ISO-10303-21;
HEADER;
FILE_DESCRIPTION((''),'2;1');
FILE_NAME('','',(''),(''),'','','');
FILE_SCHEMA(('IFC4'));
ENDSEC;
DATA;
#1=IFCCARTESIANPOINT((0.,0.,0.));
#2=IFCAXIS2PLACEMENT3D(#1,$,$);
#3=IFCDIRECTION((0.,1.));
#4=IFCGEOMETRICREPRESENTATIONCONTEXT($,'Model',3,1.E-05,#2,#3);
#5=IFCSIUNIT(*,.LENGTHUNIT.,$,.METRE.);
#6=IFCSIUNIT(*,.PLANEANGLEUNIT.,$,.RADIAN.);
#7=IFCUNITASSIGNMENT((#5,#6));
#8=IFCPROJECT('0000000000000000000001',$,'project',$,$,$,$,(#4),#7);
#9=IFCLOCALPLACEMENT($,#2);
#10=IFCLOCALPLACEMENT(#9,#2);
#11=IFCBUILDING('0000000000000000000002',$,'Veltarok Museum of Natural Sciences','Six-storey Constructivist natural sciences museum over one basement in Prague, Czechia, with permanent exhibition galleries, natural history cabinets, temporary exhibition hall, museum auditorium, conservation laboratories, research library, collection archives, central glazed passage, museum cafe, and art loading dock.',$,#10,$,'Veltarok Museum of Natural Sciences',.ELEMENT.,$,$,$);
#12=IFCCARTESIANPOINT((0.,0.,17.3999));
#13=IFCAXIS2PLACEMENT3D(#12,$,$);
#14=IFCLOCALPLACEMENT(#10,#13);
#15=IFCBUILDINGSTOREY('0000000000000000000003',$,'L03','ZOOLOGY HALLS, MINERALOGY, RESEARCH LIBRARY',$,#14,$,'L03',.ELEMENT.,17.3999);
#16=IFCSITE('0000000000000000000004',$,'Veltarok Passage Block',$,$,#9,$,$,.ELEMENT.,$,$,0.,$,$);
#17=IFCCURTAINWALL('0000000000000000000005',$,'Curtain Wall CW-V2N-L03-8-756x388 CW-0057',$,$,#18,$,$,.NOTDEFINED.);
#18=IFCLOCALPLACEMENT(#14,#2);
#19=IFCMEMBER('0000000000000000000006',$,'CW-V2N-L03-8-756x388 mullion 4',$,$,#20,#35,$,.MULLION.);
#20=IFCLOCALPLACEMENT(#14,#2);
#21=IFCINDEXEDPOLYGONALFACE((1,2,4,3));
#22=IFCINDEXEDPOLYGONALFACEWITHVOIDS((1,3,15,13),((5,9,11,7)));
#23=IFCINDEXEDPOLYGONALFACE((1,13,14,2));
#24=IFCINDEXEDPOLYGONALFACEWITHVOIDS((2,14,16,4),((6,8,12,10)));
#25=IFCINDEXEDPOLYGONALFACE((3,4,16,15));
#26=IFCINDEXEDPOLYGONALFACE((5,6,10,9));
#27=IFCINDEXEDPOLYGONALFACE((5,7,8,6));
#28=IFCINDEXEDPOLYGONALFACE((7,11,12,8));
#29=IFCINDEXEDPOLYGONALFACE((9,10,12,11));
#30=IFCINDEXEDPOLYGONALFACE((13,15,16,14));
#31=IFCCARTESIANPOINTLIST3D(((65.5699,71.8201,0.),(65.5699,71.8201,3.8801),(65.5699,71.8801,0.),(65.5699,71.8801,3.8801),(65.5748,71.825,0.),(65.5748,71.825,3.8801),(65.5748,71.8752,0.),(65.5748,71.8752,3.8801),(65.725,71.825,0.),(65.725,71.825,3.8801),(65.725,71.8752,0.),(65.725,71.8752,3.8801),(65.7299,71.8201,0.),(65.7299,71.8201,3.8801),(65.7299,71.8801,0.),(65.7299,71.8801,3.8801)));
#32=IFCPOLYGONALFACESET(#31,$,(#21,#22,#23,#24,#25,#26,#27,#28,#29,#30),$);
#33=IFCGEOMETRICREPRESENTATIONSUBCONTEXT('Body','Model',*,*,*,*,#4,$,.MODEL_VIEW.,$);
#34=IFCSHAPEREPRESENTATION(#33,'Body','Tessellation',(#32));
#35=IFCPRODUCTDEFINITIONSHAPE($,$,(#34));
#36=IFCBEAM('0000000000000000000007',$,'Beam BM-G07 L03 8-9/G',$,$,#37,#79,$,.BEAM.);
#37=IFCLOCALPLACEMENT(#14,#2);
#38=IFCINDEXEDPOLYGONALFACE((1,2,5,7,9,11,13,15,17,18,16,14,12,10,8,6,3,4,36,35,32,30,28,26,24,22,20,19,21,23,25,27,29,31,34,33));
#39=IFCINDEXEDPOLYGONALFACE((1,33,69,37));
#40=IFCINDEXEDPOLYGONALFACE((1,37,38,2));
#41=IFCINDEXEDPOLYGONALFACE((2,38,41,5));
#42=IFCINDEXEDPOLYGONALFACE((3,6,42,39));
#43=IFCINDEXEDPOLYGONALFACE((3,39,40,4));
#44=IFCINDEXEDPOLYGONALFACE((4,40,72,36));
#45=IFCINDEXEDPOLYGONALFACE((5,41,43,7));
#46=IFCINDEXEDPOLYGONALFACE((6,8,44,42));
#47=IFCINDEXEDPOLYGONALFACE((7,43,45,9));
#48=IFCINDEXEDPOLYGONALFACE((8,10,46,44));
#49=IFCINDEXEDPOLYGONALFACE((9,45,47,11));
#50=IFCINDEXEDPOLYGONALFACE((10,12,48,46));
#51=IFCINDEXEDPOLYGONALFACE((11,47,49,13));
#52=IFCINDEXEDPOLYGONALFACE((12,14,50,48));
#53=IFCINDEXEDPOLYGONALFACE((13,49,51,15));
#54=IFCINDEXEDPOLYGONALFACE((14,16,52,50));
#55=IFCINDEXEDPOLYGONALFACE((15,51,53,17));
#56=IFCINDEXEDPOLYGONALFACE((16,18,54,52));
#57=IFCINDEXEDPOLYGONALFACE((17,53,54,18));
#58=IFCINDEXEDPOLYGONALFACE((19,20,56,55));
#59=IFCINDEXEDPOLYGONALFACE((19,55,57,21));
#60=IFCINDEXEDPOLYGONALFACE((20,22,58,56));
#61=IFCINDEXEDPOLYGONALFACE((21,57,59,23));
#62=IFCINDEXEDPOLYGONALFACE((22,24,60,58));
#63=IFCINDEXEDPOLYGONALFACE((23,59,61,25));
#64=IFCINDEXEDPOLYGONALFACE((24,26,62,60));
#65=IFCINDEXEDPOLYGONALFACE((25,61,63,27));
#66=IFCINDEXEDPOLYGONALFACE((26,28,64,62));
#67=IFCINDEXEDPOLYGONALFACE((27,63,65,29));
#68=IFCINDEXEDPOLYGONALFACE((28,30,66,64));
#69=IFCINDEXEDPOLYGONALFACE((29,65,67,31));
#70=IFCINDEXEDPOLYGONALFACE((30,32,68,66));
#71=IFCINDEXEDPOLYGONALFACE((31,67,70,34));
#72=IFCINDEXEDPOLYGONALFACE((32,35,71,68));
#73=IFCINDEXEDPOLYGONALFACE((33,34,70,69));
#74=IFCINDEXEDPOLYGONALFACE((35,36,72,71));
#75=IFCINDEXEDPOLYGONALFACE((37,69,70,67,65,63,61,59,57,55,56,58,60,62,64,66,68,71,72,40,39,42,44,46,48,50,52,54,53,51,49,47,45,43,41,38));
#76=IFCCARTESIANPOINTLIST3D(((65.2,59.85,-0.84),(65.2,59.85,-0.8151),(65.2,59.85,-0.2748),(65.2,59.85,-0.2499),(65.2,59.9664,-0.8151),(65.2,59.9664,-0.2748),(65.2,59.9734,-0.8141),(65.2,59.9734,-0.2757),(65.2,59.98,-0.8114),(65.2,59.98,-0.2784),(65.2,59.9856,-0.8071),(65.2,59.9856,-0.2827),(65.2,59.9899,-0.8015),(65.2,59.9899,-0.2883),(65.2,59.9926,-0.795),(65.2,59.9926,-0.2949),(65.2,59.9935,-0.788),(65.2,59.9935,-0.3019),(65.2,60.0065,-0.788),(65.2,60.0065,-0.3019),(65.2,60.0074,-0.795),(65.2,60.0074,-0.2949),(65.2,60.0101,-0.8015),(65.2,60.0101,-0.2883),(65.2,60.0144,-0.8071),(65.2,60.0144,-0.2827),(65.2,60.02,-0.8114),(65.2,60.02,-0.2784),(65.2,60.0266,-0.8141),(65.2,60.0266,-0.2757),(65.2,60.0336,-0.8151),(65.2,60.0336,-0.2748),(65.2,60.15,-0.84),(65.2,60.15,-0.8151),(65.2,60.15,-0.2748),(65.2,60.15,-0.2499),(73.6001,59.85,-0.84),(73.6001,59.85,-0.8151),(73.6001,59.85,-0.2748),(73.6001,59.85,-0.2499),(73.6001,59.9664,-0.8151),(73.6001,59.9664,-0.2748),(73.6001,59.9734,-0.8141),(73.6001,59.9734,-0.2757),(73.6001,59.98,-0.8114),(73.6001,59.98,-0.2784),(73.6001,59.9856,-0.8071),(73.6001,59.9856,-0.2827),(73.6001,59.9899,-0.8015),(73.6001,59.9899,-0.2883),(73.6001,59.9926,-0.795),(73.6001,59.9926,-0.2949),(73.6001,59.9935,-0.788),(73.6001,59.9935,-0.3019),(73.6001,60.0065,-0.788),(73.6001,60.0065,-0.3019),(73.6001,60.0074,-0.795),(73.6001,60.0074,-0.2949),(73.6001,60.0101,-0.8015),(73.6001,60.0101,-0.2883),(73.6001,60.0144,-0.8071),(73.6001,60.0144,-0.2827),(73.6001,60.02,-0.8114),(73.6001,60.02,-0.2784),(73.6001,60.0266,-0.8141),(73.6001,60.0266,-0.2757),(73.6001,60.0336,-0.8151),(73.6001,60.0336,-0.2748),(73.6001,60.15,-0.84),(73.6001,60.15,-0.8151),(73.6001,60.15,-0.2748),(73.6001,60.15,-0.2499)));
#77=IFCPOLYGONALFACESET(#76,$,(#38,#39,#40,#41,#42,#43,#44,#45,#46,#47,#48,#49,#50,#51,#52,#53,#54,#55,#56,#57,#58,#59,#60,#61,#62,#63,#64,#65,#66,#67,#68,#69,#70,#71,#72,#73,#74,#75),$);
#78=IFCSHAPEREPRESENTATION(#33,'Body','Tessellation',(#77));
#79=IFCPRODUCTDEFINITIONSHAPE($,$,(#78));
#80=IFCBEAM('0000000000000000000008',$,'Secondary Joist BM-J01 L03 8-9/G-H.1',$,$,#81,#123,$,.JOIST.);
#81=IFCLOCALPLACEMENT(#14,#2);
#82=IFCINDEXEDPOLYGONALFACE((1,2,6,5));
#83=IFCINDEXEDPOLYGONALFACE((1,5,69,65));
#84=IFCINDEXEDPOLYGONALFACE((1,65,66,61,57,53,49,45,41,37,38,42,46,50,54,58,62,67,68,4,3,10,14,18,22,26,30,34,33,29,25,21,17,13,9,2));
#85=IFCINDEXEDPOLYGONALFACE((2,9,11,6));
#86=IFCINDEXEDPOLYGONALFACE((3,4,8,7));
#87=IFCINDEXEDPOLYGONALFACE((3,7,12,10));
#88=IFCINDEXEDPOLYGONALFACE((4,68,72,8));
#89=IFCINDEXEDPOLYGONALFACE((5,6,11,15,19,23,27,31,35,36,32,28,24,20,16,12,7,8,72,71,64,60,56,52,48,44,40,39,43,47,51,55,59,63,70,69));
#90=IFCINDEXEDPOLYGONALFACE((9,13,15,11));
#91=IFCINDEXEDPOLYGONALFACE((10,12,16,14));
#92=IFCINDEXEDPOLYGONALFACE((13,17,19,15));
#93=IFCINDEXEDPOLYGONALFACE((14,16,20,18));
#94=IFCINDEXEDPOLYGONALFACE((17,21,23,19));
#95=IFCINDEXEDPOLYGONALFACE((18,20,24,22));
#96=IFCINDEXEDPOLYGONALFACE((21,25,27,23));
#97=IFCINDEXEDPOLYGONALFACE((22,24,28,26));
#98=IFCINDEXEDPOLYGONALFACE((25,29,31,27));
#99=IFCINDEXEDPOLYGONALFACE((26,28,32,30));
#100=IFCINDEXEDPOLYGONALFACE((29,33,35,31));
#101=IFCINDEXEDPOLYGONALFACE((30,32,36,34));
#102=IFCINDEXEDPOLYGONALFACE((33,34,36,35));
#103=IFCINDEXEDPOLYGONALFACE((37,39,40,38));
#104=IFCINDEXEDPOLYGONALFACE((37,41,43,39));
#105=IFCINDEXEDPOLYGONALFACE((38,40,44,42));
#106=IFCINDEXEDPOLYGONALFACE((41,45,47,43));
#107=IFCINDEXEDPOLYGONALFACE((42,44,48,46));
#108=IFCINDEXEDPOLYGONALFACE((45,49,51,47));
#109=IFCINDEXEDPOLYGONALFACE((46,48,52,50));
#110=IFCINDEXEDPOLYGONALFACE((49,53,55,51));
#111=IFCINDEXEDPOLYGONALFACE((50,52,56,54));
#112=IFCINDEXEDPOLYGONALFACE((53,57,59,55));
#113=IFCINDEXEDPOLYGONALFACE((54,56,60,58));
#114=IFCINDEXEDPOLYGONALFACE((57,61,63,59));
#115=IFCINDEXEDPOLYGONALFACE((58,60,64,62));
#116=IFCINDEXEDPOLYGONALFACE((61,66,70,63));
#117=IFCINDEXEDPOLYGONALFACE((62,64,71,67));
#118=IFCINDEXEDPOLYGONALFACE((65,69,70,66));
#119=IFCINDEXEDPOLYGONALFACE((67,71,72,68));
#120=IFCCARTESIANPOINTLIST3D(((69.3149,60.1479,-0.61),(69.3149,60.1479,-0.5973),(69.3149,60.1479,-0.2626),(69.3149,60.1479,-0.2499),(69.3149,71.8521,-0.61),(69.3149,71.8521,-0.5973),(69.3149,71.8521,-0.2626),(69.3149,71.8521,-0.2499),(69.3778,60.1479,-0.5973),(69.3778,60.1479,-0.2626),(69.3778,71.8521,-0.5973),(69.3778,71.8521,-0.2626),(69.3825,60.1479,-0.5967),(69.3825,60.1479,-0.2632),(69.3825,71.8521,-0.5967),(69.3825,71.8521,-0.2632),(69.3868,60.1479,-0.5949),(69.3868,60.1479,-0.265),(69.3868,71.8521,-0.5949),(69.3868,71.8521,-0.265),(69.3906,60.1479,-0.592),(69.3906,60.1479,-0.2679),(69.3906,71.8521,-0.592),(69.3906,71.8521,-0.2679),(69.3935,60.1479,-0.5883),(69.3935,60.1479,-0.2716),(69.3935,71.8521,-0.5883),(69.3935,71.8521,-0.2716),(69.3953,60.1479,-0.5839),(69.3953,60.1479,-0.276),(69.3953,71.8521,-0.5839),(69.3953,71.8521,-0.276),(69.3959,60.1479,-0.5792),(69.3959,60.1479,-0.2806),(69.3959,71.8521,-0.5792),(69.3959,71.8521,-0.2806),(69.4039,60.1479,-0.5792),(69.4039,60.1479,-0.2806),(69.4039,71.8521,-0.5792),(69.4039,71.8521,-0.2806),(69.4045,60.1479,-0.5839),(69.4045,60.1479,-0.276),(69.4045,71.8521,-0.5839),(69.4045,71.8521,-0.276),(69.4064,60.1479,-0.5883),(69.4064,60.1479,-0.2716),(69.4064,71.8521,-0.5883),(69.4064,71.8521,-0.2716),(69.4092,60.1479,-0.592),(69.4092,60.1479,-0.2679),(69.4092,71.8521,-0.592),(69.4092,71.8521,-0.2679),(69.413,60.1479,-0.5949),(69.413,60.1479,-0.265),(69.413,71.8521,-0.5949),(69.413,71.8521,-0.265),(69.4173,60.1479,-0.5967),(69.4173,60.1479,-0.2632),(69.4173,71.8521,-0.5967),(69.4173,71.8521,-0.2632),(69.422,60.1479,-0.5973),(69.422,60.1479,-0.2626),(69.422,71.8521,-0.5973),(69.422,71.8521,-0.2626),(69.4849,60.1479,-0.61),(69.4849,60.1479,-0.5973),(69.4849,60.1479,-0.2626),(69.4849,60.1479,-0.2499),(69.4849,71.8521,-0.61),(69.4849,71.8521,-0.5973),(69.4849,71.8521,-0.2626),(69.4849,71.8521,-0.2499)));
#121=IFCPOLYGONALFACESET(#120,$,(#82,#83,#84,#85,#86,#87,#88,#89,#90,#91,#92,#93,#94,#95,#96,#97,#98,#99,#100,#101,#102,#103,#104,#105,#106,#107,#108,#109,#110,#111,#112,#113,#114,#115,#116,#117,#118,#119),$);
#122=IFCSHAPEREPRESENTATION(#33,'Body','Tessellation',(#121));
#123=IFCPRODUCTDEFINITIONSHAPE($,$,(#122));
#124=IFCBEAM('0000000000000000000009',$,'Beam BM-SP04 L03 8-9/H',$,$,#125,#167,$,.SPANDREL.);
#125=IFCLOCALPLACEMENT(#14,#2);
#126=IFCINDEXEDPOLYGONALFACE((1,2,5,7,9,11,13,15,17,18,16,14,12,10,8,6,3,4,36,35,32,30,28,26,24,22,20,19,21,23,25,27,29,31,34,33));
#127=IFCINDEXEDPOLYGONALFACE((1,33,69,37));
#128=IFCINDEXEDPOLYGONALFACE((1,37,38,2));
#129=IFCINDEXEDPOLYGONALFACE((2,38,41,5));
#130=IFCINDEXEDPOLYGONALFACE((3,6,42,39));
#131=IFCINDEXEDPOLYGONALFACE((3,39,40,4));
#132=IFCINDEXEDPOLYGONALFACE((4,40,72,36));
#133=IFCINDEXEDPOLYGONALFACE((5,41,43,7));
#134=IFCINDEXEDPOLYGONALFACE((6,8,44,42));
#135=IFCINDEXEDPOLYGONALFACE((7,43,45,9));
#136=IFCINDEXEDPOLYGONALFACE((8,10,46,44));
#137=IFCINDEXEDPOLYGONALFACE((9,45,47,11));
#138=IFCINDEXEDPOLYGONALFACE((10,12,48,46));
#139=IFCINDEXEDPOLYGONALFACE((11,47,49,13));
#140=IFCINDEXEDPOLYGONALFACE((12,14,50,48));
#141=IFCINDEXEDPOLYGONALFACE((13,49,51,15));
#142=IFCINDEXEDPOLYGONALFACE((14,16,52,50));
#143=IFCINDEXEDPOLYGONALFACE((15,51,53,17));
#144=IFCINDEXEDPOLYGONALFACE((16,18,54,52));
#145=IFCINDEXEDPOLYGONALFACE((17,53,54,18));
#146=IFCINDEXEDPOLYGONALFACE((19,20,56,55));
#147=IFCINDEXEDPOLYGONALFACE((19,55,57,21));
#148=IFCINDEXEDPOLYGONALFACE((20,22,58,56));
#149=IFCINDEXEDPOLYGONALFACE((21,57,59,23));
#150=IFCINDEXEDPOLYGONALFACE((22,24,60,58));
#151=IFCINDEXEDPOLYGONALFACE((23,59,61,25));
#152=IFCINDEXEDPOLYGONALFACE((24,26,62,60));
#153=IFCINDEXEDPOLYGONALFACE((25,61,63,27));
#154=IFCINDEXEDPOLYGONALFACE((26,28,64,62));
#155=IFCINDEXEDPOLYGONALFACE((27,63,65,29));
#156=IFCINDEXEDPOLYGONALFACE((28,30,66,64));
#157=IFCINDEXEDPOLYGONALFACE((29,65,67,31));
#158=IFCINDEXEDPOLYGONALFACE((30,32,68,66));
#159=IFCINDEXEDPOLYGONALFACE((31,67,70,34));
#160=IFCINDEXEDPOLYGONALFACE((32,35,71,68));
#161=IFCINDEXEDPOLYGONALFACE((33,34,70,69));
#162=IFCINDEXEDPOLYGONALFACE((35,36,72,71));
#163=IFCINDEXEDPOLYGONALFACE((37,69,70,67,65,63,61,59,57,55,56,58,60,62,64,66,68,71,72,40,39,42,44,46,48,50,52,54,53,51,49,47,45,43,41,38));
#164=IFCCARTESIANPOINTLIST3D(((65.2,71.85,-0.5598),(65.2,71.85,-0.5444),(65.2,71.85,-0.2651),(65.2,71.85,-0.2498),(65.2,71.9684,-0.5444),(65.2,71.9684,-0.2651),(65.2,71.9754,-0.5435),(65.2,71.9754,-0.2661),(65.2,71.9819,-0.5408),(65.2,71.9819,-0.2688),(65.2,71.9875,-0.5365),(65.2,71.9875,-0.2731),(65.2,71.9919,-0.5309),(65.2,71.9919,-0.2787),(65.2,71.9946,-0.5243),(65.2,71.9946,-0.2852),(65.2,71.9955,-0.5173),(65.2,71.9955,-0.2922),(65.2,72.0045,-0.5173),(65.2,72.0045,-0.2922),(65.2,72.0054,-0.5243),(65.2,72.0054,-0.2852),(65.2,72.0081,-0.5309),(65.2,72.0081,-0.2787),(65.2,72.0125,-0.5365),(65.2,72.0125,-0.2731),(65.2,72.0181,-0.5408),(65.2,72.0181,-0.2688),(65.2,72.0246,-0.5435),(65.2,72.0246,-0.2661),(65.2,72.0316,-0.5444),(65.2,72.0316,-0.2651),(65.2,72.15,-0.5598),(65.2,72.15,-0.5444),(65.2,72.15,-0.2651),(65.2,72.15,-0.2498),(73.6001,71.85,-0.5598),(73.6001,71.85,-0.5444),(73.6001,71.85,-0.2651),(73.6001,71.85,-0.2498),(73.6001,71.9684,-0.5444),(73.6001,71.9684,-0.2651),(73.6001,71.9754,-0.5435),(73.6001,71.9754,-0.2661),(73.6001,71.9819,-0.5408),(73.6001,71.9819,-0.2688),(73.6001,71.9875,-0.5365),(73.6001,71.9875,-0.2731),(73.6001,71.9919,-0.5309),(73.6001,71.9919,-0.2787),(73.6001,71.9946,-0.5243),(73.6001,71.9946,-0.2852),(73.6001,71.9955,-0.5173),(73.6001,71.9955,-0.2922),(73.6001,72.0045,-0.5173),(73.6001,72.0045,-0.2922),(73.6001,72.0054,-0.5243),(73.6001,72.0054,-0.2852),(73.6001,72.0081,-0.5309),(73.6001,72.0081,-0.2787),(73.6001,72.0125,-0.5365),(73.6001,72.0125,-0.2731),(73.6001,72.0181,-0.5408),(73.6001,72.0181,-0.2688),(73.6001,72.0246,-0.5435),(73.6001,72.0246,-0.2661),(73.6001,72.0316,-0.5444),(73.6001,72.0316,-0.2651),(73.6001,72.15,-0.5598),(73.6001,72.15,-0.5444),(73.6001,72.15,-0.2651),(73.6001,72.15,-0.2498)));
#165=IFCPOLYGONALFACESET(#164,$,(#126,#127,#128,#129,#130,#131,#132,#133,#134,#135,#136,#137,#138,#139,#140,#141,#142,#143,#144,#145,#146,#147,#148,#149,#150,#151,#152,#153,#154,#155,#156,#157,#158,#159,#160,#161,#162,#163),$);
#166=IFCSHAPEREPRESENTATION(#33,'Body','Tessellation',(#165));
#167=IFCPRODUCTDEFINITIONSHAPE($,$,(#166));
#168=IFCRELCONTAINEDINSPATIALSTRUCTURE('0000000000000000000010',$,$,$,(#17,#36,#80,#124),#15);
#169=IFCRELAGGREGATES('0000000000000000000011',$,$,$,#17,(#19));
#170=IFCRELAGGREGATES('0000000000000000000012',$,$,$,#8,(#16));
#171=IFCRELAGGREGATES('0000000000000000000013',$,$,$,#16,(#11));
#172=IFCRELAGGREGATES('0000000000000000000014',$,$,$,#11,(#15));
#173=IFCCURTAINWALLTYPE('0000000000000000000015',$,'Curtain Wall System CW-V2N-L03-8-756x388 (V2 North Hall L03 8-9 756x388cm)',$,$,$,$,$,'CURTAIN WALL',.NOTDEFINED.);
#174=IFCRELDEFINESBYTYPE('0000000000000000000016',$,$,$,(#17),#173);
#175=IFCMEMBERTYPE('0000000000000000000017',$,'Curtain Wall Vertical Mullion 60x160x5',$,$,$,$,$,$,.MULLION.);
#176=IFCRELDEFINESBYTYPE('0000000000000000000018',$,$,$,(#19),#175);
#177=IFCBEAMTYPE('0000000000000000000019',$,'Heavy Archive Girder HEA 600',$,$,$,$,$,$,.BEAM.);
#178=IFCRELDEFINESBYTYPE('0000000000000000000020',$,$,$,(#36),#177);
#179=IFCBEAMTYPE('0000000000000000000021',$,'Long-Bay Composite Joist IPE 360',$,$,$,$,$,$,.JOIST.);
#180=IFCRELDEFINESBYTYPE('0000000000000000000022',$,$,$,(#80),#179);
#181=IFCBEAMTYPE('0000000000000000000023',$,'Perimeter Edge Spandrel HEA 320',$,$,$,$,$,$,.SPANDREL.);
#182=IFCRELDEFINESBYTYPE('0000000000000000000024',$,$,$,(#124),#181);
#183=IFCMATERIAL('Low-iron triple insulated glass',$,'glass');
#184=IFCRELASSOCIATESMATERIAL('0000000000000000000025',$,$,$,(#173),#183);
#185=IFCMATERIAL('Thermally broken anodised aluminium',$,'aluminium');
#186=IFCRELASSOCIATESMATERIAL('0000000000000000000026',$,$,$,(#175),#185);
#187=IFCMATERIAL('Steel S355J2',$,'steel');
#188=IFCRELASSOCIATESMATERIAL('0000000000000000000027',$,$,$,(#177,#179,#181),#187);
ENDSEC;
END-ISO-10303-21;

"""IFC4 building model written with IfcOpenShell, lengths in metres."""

from ifc_helpers import new_model, si_unit, direction, frame, origin, origin_2d, place, context, subcontext, project, spatial, hollow_rectangle, i_section, extrude, material, material_profile, profile_set, type_object, element, aggregate, save


model = new_model("IFC4")

# Units and contexts
model_context = context("Model", 3, precision=1e-05, world=origin(), true_north=direction((0.0, 1.0)))
body_context = subcontext(model_context, "Body", "Model", "MODEL_VIEW")
ifc_project = project(units=[si_unit("LENGTHUNIT", "METRE"), si_unit("PLANEANGLEUNIT", "RADIAN")], contexts=[model_context])

# Site, building, storey
site_placement = place(None, origin())
site = spatial("IfcSite", under=ifc_project, at=site_placement, Name="Veltarok Passage Block", CompositionType="ELEMENT", RefElevation=0.0)
building_placement = place(site_placement, origin())
building = spatial("IfcBuilding", under=site, at=building_placement, Name="Veltarok Museum of Natural Sciences", Description="Six-storey Constructivist natural sciences museum over one basement in Prague, Czechia, with permanent exhibition galleries, natural history cabinets, temporary exhibition hall, museum auditorium, conservation laboratories, research library, collection archives, central glazed passage, museum cafe, and art loading dock.", LongName="Veltarok Museum of Natural Sciences", CompositionType="ELEMENT")
storey_placement = place(building_placement, frame((0.0, 0.0, 17.3999)))
storey = spatial("IfcBuildingStorey", under=building, at=storey_placement, Name="L03", Description="ZOOLOGY HALLS, MINERALOGY, RESEARCH LIBRARY", LongName="L03", CompositionType="ELEMENT", Elevation=17.3999)

# Shared definitions
ifc_material_1 = material(Name="Steel S355J2", Category="steel")

# Curtain wall
ifc_material_2 = material(Name="Low-iron triple insulated glass", Category="glass")
ifc_material_3 = material(Name="Thermally broken anodised aluminium", Category="aluminium")
curtain_wall_type_1 = type_object("IfcCurtainWallType", Name="Curtain Wall System CW-V2N-L03-8-756x388 (V2 North Hall L03 8-9 756x388cm)", ElementType="CURTAIN WALL", PredefinedType="NOTDEFINED", material=ifc_material_2)
curtain_wall_1_placement = place(storey_placement, origin())
curtain_wall_1 = element("IfcCurtainWall", 1, at=curtain_wall_1_placement, inside=storey, type_object=curtain_wall_type_1, Name="Curtain Wall CW-V2N-L03-8-756x388 CW-0057", PredefinedType="NOTDEFINED")

# Member
ifc_material_profile_1 = material_profile(ifc_material_3, hollow_rectangle(XDim=0.0601, YDim=0.1599, WallThickness=0.0049, at=origin_2d()), Name="CW MULLION 60x160x5")
ifc_profile_set_1 = profile_set([ifc_material_profile_1], Name="Thermally broken anodised aluminium")
member_type_1 = type_object("IfcMemberType", Name="Curtain Wall Vertical Mullion 60x160x5", PredefinedType="MULLION", material=ifc_profile_set_1)
member_1_placement = place(storey_placement, frame((65.6499, 71.8501, 0.0), z_axis=(0.0, 0.0, 1.0), x_axis=(0.0, -1.0, 0.0)))
member_1 = element("IfcMember", 2, at=member_1_placement, type_object=member_type_1, Name="CW-V2N-L03-8-756x388 mullion 4", PredefinedType="MULLION", context=body_context, shape_type="SweptSolid", body=[
    extrude(hollow_rectangle(XDim=0.0601, YDim=0.1599, WallThickness=0.0049, at=origin_2d()), origin(), (0.0, 0.0, 1.0), 3.8801),
])

# Beams
ifc_material_profile_2 = material_profile(ifc_material_1, i_section(OverallWidth=0.3, OverallDepth=0.5901, WebThickness=0.0129, FlangeThickness=0.0249, FilletRadius=0.0271, at=origin_2d()), Name="HEA 600")
ifc_profile_set_2 = profile_set([ifc_material_profile_2], Name="Steel S355J2")
beam_type_1 = type_object("IfcBeamType", Name="Heavy Archive Girder HEA 600", PredefinedType="BEAM", material=ifc_profile_set_2)
beam_1_placement = place(storey_placement, frame((65.2, 60.0, -0.5449), z_axis=(1.0, 0.0, 0.0), x_axis=(0.0, 1.0, 0.0)))
element("IfcBeam", 3, at=beam_1_placement, inside=storey, type_object=beam_type_1, Name="Beam BM-G07 L03 8-9/G", PredefinedType="BEAM", context=body_context, shape_type="SweptSolid", body=[
    extrude(i_section(OverallWidth=0.3, OverallDepth=0.5901, WebThickness=0.0129, FlangeThickness=0.0249, FilletRadius=0.0271, at=origin_2d()), origin(), (0.0, 0.0, 1.0), 8.4001),
])
ifc_material_profile_3 = material_profile(ifc_material_1, i_section(OverallWidth=0.1699, OverallDepth=0.3601, WebThickness=0.0081, FlangeThickness=0.0127, FilletRadius=0.0181, at=origin_2d()), Name="IPE 360")
ifc_profile_set_3 = profile_set([ifc_material_profile_3], Name="Steel S355J2")
beam_type_2 = type_object("IfcBeamType", Name="Long-Bay Composite Joist IPE 360", PredefinedType="JOIST", material=ifc_profile_set_3)
beam_2_placement = place(storey_placement, frame((69.3999, 60.1479, -0.4299), z_axis=(0.0, 1.0, 0.0), x_axis=(-1.0, 0.0, 0.0)))
element("IfcBeam", 4, at=beam_2_placement, inside=storey, type_object=beam_type_2, Name="Secondary Joist BM-J01 L03 8-9/G-H.1", PredefinedType="JOIST", context=body_context, shape_type="SweptSolid", body=[
    extrude(i_section(OverallWidth=0.1699, OverallDepth=0.3601, WebThickness=0.0081, FlangeThickness=0.0127, FilletRadius=0.0181, at=origin_2d()), origin(), (0.0, 0.0, 1.0), 11.7041),
])
ifc_material_profile_4 = material_profile(ifc_material_1, i_section(OverallWidth=0.3, OverallDepth=0.3101, WebThickness=0.009, FlangeThickness=0.0154, FilletRadius=0.0271, at=origin_2d()), Name="HEA 320")
ifc_profile_set_4 = profile_set([ifc_material_profile_4], Name="Steel S355J2")
beam_type_3 = type_object("IfcBeamType", Name="Perimeter Edge Spandrel HEA 320", PredefinedType="SPANDREL", material=ifc_profile_set_4)
beam_3_placement = place(storey_placement, frame((65.2, 72.0, -0.4048), z_axis=(1.0, 0.0, 0.0), x_axis=(0.0, 1.0, 0.0)))
element("IfcBeam", 5, at=beam_3_placement, inside=storey, type_object=beam_type_3, Name="Beam BM-SP04 L03 8-9/H", PredefinedType="SPANDREL", context=body_context, shape_type="SweptSolid", body=[
    extrude(i_section(OverallWidth=0.3, OverallDepth=0.3101, WebThickness=0.009, FlangeThickness=0.0154, FilletRadius=0.0271, at=origin_2d()), origin(), (0.0, 0.0, 1.0), 8.4001),
])

aggregate(curtain_wall_1, [member_1])

save(model, "model.ifc")
